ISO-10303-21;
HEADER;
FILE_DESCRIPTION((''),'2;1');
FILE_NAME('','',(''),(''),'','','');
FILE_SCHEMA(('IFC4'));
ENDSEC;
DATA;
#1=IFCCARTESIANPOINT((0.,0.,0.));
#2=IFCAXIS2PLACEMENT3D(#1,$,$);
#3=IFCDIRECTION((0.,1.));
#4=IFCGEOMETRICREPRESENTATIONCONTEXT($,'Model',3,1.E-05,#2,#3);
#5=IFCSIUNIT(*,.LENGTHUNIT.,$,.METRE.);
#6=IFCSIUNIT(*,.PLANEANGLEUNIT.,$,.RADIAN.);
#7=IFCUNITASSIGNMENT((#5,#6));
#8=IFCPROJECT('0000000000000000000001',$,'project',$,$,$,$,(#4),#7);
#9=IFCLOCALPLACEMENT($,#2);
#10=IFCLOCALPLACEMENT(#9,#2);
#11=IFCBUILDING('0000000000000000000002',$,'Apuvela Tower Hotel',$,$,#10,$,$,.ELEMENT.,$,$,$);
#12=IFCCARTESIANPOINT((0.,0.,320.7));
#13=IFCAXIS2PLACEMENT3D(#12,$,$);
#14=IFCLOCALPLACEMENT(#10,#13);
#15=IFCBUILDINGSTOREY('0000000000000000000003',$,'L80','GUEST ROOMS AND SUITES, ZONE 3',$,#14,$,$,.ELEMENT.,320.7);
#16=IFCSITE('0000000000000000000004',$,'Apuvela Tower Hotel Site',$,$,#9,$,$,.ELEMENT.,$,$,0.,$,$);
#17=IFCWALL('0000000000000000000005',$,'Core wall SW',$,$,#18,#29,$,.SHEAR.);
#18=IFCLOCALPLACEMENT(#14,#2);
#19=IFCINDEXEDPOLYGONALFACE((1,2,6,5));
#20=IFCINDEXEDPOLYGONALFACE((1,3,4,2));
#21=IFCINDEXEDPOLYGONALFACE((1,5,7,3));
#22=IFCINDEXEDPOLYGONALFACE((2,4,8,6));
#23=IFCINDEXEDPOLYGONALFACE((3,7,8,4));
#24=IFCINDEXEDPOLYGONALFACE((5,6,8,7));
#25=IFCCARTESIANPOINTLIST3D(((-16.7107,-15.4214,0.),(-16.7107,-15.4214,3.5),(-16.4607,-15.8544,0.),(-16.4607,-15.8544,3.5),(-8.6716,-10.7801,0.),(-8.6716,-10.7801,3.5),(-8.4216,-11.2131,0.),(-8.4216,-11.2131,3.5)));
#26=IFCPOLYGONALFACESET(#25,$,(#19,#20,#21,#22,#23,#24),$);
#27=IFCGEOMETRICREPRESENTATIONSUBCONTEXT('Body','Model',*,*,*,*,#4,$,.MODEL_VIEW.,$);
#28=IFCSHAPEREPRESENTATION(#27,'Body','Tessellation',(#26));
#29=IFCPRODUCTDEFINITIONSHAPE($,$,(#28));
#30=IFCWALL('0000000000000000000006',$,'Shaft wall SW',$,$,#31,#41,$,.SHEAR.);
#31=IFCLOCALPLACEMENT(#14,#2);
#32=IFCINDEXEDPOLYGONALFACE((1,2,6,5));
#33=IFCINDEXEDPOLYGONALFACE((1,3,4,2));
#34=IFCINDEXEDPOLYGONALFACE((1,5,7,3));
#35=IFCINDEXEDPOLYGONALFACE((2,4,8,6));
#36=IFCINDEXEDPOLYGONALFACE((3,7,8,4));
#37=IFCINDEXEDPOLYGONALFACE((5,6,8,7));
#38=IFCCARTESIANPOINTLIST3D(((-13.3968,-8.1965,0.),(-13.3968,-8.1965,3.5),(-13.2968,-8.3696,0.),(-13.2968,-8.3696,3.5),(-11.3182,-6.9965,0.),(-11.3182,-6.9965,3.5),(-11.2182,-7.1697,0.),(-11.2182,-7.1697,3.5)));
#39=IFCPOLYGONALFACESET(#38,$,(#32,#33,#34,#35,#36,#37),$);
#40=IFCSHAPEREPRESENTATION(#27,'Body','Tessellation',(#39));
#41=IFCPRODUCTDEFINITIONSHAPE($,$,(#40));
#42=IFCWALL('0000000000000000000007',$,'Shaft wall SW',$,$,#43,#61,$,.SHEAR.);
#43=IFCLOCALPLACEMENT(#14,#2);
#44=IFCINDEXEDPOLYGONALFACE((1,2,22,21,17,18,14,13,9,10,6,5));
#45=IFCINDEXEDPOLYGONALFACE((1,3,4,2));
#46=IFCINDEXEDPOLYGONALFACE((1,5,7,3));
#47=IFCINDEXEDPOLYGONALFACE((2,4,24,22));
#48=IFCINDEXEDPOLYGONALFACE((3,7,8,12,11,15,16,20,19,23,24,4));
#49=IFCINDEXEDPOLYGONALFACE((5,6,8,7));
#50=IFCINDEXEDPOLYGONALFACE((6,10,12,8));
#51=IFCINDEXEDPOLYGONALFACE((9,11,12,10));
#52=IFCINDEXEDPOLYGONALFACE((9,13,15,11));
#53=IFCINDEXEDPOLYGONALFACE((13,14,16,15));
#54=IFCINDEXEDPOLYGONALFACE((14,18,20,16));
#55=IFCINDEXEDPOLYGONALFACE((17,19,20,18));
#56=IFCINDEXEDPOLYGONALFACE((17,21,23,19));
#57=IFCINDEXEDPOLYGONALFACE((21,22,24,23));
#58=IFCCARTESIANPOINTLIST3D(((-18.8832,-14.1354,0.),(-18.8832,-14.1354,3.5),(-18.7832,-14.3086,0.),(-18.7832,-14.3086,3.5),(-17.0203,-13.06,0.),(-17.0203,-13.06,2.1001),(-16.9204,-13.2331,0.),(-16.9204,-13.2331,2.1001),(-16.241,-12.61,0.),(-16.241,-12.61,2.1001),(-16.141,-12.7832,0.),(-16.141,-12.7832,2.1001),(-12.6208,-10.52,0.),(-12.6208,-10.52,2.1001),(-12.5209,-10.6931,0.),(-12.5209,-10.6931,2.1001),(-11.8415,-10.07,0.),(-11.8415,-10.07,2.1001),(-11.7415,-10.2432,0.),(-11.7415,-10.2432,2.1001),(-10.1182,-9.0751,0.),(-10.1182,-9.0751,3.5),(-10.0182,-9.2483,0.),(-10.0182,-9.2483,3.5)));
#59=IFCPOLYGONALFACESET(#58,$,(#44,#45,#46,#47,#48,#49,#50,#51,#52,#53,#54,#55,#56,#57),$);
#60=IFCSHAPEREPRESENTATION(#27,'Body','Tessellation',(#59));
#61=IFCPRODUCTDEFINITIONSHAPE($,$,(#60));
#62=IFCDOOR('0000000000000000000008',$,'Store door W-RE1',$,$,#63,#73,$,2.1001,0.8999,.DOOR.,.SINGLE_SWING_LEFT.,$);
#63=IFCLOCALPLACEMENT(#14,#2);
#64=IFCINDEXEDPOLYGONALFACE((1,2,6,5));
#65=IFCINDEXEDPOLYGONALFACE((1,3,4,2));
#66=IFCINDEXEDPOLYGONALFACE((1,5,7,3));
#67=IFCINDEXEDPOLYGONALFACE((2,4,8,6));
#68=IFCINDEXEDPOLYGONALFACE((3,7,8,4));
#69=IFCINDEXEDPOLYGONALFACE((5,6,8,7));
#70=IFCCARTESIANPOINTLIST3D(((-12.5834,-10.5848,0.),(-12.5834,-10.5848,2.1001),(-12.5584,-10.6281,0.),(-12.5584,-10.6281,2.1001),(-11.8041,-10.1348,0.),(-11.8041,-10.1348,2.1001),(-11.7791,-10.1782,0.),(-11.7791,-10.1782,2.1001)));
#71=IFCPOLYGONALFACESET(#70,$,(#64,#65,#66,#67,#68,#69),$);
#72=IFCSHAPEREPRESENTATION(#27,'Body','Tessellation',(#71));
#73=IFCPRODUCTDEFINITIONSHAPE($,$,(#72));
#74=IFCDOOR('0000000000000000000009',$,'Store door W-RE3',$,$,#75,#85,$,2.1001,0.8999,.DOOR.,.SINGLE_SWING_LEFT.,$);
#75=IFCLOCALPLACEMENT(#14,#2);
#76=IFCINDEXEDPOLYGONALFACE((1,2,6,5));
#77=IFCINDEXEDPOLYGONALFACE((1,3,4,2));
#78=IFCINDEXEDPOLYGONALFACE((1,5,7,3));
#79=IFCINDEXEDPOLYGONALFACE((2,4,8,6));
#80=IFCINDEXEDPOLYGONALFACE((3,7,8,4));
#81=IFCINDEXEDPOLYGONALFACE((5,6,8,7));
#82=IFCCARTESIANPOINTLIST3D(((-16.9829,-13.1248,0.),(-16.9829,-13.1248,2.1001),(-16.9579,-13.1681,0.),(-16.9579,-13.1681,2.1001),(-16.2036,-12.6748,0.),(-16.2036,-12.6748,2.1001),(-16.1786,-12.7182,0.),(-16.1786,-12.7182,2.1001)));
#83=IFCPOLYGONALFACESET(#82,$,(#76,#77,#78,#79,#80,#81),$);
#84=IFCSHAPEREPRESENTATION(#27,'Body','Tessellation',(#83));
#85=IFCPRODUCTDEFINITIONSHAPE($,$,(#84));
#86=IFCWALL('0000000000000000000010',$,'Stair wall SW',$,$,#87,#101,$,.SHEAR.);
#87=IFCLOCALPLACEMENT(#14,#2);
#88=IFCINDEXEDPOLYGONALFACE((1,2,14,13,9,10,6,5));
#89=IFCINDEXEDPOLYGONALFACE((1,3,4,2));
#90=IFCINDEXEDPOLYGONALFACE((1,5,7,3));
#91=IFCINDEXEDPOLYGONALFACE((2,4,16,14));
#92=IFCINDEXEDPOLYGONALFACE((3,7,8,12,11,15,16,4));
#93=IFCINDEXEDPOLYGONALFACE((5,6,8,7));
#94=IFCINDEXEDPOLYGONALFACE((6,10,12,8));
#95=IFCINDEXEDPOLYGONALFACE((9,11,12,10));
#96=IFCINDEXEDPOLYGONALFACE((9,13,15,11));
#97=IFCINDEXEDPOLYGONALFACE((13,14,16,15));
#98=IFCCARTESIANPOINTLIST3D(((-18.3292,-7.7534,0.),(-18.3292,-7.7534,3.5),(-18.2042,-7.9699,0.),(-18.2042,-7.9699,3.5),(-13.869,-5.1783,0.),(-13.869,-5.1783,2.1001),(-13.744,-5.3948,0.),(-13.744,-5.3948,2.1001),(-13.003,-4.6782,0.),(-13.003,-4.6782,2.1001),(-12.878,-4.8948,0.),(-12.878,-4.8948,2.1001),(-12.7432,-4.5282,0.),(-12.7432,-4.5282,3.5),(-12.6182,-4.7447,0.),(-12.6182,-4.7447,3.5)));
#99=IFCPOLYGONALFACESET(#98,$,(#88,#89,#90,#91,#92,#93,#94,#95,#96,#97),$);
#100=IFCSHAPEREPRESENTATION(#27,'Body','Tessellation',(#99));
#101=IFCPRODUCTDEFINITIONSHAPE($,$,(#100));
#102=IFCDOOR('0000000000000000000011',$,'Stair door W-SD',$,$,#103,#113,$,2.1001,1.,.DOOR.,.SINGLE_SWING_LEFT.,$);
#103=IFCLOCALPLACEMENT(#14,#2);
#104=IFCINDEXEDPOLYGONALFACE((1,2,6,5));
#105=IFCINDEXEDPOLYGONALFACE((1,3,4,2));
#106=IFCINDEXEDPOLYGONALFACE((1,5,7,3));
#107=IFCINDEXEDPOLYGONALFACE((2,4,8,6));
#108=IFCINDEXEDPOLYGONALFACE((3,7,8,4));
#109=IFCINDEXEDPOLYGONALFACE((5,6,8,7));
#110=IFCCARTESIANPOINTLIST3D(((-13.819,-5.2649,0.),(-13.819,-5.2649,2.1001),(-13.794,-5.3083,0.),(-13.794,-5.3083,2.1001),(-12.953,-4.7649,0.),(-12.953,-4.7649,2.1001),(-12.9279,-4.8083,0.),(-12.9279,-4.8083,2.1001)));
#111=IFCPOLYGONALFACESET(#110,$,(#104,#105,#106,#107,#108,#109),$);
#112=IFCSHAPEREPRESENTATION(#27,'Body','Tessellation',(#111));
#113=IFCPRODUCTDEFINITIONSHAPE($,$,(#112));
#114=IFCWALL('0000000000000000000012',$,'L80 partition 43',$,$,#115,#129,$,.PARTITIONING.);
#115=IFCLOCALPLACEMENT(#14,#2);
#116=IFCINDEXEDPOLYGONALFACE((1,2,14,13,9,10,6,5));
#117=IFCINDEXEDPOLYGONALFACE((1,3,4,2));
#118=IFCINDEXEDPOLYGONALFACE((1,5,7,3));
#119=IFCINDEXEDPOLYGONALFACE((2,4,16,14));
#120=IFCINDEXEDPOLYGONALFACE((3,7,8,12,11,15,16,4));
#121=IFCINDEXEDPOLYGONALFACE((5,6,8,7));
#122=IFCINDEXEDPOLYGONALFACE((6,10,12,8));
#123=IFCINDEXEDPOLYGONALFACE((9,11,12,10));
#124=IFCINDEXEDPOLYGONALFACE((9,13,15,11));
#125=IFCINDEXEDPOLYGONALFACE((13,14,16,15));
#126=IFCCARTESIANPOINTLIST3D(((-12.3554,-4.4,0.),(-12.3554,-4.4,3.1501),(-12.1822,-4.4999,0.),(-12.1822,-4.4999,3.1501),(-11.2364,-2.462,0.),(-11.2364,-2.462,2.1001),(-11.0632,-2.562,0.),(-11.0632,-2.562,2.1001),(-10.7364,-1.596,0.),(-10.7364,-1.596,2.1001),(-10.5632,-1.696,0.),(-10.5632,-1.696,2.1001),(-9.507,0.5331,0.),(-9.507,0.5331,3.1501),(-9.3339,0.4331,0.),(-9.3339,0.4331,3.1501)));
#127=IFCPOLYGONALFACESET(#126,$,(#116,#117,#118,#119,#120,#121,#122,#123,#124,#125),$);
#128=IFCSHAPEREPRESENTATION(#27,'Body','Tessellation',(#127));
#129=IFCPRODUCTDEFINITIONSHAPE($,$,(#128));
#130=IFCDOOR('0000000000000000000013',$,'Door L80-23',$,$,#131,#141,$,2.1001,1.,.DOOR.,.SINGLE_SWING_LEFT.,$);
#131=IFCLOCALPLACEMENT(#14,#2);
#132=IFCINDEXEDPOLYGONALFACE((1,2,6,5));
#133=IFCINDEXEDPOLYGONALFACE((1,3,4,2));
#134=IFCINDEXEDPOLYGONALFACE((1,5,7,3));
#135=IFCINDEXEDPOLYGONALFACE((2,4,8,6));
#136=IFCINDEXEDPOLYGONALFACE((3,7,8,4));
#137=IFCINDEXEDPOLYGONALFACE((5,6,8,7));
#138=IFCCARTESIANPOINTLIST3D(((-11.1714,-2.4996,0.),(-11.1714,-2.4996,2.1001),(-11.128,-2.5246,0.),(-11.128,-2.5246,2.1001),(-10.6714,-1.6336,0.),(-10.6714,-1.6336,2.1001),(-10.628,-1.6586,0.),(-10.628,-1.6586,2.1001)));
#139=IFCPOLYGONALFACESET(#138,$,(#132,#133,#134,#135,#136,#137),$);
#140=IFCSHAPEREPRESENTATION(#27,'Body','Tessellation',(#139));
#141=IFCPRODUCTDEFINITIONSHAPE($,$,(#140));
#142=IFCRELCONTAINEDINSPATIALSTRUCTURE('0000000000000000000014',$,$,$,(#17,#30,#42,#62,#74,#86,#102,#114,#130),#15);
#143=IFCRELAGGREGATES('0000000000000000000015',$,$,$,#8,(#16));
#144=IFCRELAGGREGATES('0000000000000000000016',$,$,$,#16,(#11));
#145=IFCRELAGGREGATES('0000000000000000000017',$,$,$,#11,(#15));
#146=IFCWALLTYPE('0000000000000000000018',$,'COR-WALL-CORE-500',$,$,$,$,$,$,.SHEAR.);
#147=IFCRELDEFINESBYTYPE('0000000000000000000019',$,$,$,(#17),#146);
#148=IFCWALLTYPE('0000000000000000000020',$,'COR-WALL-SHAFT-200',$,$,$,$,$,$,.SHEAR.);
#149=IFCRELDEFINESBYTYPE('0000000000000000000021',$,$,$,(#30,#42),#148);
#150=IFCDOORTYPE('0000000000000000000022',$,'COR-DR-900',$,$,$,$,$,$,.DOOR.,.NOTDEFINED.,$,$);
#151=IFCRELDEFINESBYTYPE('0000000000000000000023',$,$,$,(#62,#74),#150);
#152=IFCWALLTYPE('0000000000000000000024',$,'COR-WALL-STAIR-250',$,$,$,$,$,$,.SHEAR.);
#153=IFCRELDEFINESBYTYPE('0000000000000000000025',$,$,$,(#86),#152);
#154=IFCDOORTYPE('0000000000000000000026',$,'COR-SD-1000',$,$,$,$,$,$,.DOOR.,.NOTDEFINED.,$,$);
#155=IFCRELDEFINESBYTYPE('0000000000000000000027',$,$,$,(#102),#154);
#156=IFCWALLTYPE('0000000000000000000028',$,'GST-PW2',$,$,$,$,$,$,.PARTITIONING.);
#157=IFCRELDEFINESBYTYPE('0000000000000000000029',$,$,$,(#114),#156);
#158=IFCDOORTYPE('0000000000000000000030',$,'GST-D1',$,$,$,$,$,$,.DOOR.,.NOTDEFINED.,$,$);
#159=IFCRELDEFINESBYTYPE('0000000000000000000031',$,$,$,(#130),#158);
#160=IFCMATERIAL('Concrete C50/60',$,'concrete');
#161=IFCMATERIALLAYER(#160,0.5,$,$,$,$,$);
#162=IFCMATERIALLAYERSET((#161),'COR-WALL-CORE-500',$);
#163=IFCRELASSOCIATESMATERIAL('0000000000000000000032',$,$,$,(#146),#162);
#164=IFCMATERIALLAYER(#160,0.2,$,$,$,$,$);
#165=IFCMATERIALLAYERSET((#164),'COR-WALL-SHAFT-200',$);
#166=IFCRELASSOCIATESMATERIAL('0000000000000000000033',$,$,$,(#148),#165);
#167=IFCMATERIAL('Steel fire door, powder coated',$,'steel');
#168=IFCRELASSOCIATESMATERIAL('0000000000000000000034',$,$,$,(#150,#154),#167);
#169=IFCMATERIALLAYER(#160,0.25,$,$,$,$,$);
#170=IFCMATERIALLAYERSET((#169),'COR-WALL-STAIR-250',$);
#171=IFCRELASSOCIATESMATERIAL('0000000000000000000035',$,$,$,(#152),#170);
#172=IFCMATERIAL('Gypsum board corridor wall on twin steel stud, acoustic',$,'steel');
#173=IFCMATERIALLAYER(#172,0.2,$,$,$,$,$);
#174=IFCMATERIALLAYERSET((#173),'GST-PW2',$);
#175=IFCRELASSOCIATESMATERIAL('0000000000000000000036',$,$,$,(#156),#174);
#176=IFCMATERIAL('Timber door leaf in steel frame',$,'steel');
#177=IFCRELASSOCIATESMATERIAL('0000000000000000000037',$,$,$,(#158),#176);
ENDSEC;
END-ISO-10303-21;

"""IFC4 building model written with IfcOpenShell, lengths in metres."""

from ifc_helpers import new_model, si_unit, direction, frame, frame_2d, origin, place, context, subcontext, project, spatial, rectangle, extrude, material, layer, layer_set, type_object, element, fill, save


model = new_model("IFC4")

# Units and contexts
model_context = context("Model", 3, precision=1e-05, world=origin(), true_north=direction((0.0, 1.0)))
body_context = subcontext(model_context, "Body", "Model", "MODEL_VIEW")
ifc_project = project(units=[si_unit("LENGTHUNIT", "METRE"), si_unit("PLANEANGLEUNIT", "RADIAN")], contexts=[model_context])

# Site, building, storey
site_placement = place(None, origin())
site = spatial("IfcSite", under=ifc_project, at=site_placement, Name="Apuvela Tower Hotel Site", CompositionType="ELEMENT", RefElevation=0.0)
building_placement = place(site_placement, origin())
building = spatial("IfcBuilding", under=site, at=building_placement, Name="Apuvela Tower Hotel", CompositionType="ELEMENT")
storey_placement = place(building_placement, frame((0.0, 0.0, 320.7)))
storey = spatial("IfcBuildingStorey", under=building, at=storey_placement, Name="L80", Description="GUEST ROOMS AND SUITES, ZONE 3", CompositionType="ELEMENT", Elevation=320.7)

# Walls
ifc_material_1 = material(Name="Concrete C50/60", Category="concrete")
ifc_layer_1 = layer(ifc_material_1, 0.5)
ifc_layer_set_1 = layer_set([ifc_layer_1], Name="COR-WALL-CORE-500")
wall_type_1 = type_object("IfcWallType", Name="COR-WALL-CORE-500", PredefinedType="SHEAR", material=ifc_layer_set_1)
wall_1_placement = place(storey_placement, frame((-8.5466, -10.9966, 0.0), z_axis=(0.0, 0.0, 1.0), x_axis=(-0.866025, -0.5, 0.0)))
element("IfcWall", 1, at=wall_1_placement, inside=storey, type_object=wall_type_1, Name="Core wall SW", PredefinedType="SHEAR", context=body_context, shape_type="SweptSolid", body=[
    extrude(rectangle(XDim=9.2827, YDim=0.5, at=frame_2d((4.6414, 0.0))), origin(), (0.0, 0.0, 1.0), 3.5),
])
ifc_layer_2 = layer(ifc_material_1, 0.2)
ifc_layer_set_2 = layer_set([ifc_layer_2], Name="COR-WALL-SHAFT-200")
wall_type_2 = type_object("IfcWallType", Name="COR-WALL-SHAFT-200", PredefinedType="SHEAR", material=ifc_layer_set_2)
wall_2_placement = place(storey_placement, frame((-11.2681, -7.083, 0.0), z_axis=(0.0, 0.0, 1.0), x_axis=(-0.86605, -0.499957, 0.0)))
element("IfcWall", 2, at=wall_2_placement, inside=storey, type_object=wall_type_2, Name="Shaft wall SW", PredefinedType="SHEAR", context=body_context, shape_type="SweptSolid", body=[
    extrude(rectangle(XDim=2.4001, YDim=0.2, at=frame_2d((1.2002, 0.0))), origin(), (0.0, 0.0, 1.0), 3.5),
])

# Wall, openings, doors
wall_3_placement = place(storey_placement, frame((-10.0681, -9.1616, 0.0), z_axis=(0.0, 0.0, 1.0), x_axis=(-0.86603, -0.499992, 0.0)))
wall_3 = element("IfcWall", 3, at=wall_3_placement, inside=storey, type_object=wall_type_2, Name="Shaft wall SW", PredefinedType="SHEAR", context=body_context, shape_type="SweptSolid", body=[
    extrude(rectangle(XDim=10.1208, YDim=0.2, at=frame_2d((5.0605, 0.0))), origin(), (0.0, 0.0, 1.0), 3.5),
])
opening_1_placement = place(wall_3_placement, frame((1.99, 0.0, 0.0)))
opening_1 = element("IfcOpeningElement", 4, at=opening_1_placement, cuts=wall_3, PredefinedType="OPENING", context=body_context, shape_type="SweptSolid", body=[
    extrude(rectangle(XDim=0.8999, YDim=2.1001, at=frame_2d((0.45, 1.05))), frame((0.0, 0.1099, 0.0), z_axis=(0.0, -1.0, 0.0), x_axis=(1.0, 0.0, 0.0)), (0.0, 0.0, 1.0), 0.22),
])
opening_2_placement = place(wall_3_placement, frame((7.0701, 0.0, 0.0)))
opening_2 = element("IfcOpeningElement", 5, at=opening_2_placement, cuts=wall_3, PredefinedType="OPENING", context=body_context, shape_type="SweptSolid", body=[
    extrude(rectangle(XDim=0.8999, YDim=2.1001, at=frame_2d((0.45, 1.05))), frame((0.0, 0.1099, 0.0), z_axis=(0.0, -1.0, 0.0), x_axis=(1.0, 0.0, 0.0)), (0.0, 0.0, 1.0), 0.22),
])
ifc_material_2 = material(Name="Steel fire door, powder coated", Category="steel")
door_type_1 = type_object("IfcDoorType", Name="COR-DR-900", OperationType="NOTDEFINED", PredefinedType="DOOR", material=ifc_material_2)
door_1_placement = place(opening_1_placement, origin())
door_1 = element("IfcDoor", 6, at=door_1_placement, inside=storey, type_object=door_type_1, Name="Store door W-RE1", OperationType="SINGLE_SWING_LEFT", OverallHeight=2.1001, OverallWidth=0.8999, PredefinedType="DOOR", context=body_context, shape_type="SweptSolid", body=[
    extrude(rectangle(XDim=0.8999, YDim=2.1001, at=frame_2d((0.45, 1.05))), frame((0.0, 0.0249, 0.0), z_axis=(0.0, -1.0, 0.0), x_axis=(1.0, 0.0, 0.0)), (0.0, 0.0, 1.0), 0.05),
])
fill(opening_1, door_1)
door_2_placement = place(opening_2_placement, origin())
door_2 = element("IfcDoor", 7, at=door_2_placement, inside=storey, type_object=door_type_1, Name="Store door W-RE3", OperationType="SINGLE_SWING_LEFT", OverallHeight=2.1001, OverallWidth=0.8999, PredefinedType="DOOR", context=body_context, shape_type="SweptSolid", body=[
    extrude(rectangle(XDim=0.8999, YDim=2.1001, at=frame_2d((0.45, 1.05))), frame((0.0, 0.0249, 0.0), z_axis=(0.0, -1.0, 0.0), x_axis=(1.0, 0.0, 0.0)), (0.0, 0.0, 1.0), 0.05),
])
fill(opening_2, door_2)

# Walls, openings, doors
ifc_layer_3 = layer(ifc_material_1, 0.25)
ifc_layer_set_3 = layer_set([ifc_layer_3], Name="COR-WALL-STAIR-250")
wall_type_3 = type_object("IfcWallType", Name="COR-WALL-STAIR-250", PredefinedType="SHEAR", material=ifc_layer_set_3)
wall_4_placement = place(storey_placement, frame((-12.6807, -4.6365, 0.0), z_axis=(0.0, 0.0, 1.0), x_axis=(-0.866022, -0.500006, 0.0)))
wall_4 = element("IfcWall", 8, at=wall_4_placement, inside=storey, type_object=wall_type_3, Name="Stair wall SW", PredefinedType="SHEAR", context=body_context, shape_type="SweptSolid", body=[
    extrude(rectangle(XDim=6.4502, YDim=0.25, at=frame_2d((3.2251, 0.0))), origin(), (0.0, 0.0, 1.0), 3.5),
])
opening_3_placement = place(wall_4_placement, frame((0.3, 0.0, 0.0)))
opening_3 = element("IfcOpeningElement", 9, at=opening_3_placement, cuts=wall_4, PredefinedType="OPENING", context=body_context, shape_type="SweptSolid", body=[
    extrude(rectangle(XDim=1.0, YDim=2.1001, at=frame_2d((0.5, 1.05))), frame((0.0, 0.135, 0.0), z_axis=(0.0, -1.0, 0.0), x_axis=(1.0, 0.0, 0.0)), (0.0, 0.0, 1.0), 0.27),
])
door_type_2 = type_object("IfcDoorType", Name="COR-SD-1000", OperationType="NOTDEFINED", PredefinedType="DOOR", material=ifc_material_2)
door_3_placement = place(opening_3_placement, frame((1.0, 0.0, 0.0), z_axis=(0.0, 0.0, 1.0), x_axis=(-1.0, 0.0, 0.0)))
door_3 = element("IfcDoor", 10, at=door_3_placement, inside=storey, type_object=door_type_2, Name="Stair door W-SD", OperationType="SINGLE_SWING_LEFT", OverallHeight=2.1001, OverallWidth=1.0, PredefinedType="DOOR", context=body_context, shape_type="SweptSolid", body=[
    extrude(rectangle(XDim=1.0, YDim=2.1001, at=frame_2d((0.5, 1.05))), frame((0.0, 0.0249, 0.0), z_axis=(0.0, -1.0, 0.0), x_axis=(1.0, 0.0, 0.0)), (0.0, 0.0, 1.0), 0.05),
])
fill(opening_3, door_3)
ifc_material_3 = material(Name="Gypsum board corridor wall on twin steel stud, acoustic", Category="steel")
ifc_layer_4 = layer(ifc_material_3, 0.2)
ifc_layer_set_4 = layer_set([ifc_layer_4], Name="GST-PW2")
wall_type_4 = type_object("IfcWallType", Name="GST-PW2", PredefinedType="PARTITIONING", material=ifc_layer_set_4)
wall_5_placement = place(storey_placement, frame((-12.2688, -4.45, 0.0), z_axis=(0.0, 0.0, 1.0), x_axis=(0.500034, 0.866006, 0.0)))
wall_5 = element("IfcWall", 11, at=wall_5_placement, inside=storey, type_object=wall_type_4, Name="L80 partition 43", PredefinedType="PARTITIONING", context=body_context, shape_type="SweptSolid", body=[
    extrude(rectangle(XDim=5.6963, YDim=0.2, at=frame_2d((2.8481, 0.0))), origin(), (0.0, 0.0, 1.0), 3.1501),
])
opening_4_placement = place(wall_5_placement, frame((2.2378, 0.0, 0.0)))
opening_4 = element("IfcOpeningElement", 12, at=opening_4_placement, cuts=wall_5, PredefinedType="OPENING", context=body_context, shape_type="SweptSolid", body=[
    extrude(rectangle(XDim=1.0, YDim=2.1001, at=frame_2d((0.5, 1.05))), frame((0.0, 0.1099, 0.0), z_axis=(0.0, -1.0, 0.0), x_axis=(1.0, 0.0, 0.0)), (0.0, 0.0, 1.0), 0.22),
])
ifc_material_4 = material(Name="Timber door leaf in steel frame", Category="steel")
door_type_3 = type_object("IfcDoorType", Name="GST-D1", OperationType="NOTDEFINED", PredefinedType="DOOR", material=ifc_material_4)
door_4_placement = place(opening_4_placement, origin())
door_4 = element("IfcDoor", 13, at=door_4_placement, inside=storey, type_object=door_type_3, Name="Door L80-23", OperationType="SINGLE_SWING_LEFT", OverallHeight=2.1001, OverallWidth=1.0, PredefinedType="DOOR", context=body_context, shape_type="SweptSolid", body=[
    extrude(rectangle(XDim=1.0, YDim=2.1001, at=frame_2d((0.5, 1.05))), frame((0.0, 0.0249, 0.0), z_axis=(0.0, -1.0, 0.0), x_axis=(1.0, 0.0, 0.0)), (0.0, 0.0, 1.0), 0.05),
])
fill(opening_4, door_4)

save(model, "model.ifc")
